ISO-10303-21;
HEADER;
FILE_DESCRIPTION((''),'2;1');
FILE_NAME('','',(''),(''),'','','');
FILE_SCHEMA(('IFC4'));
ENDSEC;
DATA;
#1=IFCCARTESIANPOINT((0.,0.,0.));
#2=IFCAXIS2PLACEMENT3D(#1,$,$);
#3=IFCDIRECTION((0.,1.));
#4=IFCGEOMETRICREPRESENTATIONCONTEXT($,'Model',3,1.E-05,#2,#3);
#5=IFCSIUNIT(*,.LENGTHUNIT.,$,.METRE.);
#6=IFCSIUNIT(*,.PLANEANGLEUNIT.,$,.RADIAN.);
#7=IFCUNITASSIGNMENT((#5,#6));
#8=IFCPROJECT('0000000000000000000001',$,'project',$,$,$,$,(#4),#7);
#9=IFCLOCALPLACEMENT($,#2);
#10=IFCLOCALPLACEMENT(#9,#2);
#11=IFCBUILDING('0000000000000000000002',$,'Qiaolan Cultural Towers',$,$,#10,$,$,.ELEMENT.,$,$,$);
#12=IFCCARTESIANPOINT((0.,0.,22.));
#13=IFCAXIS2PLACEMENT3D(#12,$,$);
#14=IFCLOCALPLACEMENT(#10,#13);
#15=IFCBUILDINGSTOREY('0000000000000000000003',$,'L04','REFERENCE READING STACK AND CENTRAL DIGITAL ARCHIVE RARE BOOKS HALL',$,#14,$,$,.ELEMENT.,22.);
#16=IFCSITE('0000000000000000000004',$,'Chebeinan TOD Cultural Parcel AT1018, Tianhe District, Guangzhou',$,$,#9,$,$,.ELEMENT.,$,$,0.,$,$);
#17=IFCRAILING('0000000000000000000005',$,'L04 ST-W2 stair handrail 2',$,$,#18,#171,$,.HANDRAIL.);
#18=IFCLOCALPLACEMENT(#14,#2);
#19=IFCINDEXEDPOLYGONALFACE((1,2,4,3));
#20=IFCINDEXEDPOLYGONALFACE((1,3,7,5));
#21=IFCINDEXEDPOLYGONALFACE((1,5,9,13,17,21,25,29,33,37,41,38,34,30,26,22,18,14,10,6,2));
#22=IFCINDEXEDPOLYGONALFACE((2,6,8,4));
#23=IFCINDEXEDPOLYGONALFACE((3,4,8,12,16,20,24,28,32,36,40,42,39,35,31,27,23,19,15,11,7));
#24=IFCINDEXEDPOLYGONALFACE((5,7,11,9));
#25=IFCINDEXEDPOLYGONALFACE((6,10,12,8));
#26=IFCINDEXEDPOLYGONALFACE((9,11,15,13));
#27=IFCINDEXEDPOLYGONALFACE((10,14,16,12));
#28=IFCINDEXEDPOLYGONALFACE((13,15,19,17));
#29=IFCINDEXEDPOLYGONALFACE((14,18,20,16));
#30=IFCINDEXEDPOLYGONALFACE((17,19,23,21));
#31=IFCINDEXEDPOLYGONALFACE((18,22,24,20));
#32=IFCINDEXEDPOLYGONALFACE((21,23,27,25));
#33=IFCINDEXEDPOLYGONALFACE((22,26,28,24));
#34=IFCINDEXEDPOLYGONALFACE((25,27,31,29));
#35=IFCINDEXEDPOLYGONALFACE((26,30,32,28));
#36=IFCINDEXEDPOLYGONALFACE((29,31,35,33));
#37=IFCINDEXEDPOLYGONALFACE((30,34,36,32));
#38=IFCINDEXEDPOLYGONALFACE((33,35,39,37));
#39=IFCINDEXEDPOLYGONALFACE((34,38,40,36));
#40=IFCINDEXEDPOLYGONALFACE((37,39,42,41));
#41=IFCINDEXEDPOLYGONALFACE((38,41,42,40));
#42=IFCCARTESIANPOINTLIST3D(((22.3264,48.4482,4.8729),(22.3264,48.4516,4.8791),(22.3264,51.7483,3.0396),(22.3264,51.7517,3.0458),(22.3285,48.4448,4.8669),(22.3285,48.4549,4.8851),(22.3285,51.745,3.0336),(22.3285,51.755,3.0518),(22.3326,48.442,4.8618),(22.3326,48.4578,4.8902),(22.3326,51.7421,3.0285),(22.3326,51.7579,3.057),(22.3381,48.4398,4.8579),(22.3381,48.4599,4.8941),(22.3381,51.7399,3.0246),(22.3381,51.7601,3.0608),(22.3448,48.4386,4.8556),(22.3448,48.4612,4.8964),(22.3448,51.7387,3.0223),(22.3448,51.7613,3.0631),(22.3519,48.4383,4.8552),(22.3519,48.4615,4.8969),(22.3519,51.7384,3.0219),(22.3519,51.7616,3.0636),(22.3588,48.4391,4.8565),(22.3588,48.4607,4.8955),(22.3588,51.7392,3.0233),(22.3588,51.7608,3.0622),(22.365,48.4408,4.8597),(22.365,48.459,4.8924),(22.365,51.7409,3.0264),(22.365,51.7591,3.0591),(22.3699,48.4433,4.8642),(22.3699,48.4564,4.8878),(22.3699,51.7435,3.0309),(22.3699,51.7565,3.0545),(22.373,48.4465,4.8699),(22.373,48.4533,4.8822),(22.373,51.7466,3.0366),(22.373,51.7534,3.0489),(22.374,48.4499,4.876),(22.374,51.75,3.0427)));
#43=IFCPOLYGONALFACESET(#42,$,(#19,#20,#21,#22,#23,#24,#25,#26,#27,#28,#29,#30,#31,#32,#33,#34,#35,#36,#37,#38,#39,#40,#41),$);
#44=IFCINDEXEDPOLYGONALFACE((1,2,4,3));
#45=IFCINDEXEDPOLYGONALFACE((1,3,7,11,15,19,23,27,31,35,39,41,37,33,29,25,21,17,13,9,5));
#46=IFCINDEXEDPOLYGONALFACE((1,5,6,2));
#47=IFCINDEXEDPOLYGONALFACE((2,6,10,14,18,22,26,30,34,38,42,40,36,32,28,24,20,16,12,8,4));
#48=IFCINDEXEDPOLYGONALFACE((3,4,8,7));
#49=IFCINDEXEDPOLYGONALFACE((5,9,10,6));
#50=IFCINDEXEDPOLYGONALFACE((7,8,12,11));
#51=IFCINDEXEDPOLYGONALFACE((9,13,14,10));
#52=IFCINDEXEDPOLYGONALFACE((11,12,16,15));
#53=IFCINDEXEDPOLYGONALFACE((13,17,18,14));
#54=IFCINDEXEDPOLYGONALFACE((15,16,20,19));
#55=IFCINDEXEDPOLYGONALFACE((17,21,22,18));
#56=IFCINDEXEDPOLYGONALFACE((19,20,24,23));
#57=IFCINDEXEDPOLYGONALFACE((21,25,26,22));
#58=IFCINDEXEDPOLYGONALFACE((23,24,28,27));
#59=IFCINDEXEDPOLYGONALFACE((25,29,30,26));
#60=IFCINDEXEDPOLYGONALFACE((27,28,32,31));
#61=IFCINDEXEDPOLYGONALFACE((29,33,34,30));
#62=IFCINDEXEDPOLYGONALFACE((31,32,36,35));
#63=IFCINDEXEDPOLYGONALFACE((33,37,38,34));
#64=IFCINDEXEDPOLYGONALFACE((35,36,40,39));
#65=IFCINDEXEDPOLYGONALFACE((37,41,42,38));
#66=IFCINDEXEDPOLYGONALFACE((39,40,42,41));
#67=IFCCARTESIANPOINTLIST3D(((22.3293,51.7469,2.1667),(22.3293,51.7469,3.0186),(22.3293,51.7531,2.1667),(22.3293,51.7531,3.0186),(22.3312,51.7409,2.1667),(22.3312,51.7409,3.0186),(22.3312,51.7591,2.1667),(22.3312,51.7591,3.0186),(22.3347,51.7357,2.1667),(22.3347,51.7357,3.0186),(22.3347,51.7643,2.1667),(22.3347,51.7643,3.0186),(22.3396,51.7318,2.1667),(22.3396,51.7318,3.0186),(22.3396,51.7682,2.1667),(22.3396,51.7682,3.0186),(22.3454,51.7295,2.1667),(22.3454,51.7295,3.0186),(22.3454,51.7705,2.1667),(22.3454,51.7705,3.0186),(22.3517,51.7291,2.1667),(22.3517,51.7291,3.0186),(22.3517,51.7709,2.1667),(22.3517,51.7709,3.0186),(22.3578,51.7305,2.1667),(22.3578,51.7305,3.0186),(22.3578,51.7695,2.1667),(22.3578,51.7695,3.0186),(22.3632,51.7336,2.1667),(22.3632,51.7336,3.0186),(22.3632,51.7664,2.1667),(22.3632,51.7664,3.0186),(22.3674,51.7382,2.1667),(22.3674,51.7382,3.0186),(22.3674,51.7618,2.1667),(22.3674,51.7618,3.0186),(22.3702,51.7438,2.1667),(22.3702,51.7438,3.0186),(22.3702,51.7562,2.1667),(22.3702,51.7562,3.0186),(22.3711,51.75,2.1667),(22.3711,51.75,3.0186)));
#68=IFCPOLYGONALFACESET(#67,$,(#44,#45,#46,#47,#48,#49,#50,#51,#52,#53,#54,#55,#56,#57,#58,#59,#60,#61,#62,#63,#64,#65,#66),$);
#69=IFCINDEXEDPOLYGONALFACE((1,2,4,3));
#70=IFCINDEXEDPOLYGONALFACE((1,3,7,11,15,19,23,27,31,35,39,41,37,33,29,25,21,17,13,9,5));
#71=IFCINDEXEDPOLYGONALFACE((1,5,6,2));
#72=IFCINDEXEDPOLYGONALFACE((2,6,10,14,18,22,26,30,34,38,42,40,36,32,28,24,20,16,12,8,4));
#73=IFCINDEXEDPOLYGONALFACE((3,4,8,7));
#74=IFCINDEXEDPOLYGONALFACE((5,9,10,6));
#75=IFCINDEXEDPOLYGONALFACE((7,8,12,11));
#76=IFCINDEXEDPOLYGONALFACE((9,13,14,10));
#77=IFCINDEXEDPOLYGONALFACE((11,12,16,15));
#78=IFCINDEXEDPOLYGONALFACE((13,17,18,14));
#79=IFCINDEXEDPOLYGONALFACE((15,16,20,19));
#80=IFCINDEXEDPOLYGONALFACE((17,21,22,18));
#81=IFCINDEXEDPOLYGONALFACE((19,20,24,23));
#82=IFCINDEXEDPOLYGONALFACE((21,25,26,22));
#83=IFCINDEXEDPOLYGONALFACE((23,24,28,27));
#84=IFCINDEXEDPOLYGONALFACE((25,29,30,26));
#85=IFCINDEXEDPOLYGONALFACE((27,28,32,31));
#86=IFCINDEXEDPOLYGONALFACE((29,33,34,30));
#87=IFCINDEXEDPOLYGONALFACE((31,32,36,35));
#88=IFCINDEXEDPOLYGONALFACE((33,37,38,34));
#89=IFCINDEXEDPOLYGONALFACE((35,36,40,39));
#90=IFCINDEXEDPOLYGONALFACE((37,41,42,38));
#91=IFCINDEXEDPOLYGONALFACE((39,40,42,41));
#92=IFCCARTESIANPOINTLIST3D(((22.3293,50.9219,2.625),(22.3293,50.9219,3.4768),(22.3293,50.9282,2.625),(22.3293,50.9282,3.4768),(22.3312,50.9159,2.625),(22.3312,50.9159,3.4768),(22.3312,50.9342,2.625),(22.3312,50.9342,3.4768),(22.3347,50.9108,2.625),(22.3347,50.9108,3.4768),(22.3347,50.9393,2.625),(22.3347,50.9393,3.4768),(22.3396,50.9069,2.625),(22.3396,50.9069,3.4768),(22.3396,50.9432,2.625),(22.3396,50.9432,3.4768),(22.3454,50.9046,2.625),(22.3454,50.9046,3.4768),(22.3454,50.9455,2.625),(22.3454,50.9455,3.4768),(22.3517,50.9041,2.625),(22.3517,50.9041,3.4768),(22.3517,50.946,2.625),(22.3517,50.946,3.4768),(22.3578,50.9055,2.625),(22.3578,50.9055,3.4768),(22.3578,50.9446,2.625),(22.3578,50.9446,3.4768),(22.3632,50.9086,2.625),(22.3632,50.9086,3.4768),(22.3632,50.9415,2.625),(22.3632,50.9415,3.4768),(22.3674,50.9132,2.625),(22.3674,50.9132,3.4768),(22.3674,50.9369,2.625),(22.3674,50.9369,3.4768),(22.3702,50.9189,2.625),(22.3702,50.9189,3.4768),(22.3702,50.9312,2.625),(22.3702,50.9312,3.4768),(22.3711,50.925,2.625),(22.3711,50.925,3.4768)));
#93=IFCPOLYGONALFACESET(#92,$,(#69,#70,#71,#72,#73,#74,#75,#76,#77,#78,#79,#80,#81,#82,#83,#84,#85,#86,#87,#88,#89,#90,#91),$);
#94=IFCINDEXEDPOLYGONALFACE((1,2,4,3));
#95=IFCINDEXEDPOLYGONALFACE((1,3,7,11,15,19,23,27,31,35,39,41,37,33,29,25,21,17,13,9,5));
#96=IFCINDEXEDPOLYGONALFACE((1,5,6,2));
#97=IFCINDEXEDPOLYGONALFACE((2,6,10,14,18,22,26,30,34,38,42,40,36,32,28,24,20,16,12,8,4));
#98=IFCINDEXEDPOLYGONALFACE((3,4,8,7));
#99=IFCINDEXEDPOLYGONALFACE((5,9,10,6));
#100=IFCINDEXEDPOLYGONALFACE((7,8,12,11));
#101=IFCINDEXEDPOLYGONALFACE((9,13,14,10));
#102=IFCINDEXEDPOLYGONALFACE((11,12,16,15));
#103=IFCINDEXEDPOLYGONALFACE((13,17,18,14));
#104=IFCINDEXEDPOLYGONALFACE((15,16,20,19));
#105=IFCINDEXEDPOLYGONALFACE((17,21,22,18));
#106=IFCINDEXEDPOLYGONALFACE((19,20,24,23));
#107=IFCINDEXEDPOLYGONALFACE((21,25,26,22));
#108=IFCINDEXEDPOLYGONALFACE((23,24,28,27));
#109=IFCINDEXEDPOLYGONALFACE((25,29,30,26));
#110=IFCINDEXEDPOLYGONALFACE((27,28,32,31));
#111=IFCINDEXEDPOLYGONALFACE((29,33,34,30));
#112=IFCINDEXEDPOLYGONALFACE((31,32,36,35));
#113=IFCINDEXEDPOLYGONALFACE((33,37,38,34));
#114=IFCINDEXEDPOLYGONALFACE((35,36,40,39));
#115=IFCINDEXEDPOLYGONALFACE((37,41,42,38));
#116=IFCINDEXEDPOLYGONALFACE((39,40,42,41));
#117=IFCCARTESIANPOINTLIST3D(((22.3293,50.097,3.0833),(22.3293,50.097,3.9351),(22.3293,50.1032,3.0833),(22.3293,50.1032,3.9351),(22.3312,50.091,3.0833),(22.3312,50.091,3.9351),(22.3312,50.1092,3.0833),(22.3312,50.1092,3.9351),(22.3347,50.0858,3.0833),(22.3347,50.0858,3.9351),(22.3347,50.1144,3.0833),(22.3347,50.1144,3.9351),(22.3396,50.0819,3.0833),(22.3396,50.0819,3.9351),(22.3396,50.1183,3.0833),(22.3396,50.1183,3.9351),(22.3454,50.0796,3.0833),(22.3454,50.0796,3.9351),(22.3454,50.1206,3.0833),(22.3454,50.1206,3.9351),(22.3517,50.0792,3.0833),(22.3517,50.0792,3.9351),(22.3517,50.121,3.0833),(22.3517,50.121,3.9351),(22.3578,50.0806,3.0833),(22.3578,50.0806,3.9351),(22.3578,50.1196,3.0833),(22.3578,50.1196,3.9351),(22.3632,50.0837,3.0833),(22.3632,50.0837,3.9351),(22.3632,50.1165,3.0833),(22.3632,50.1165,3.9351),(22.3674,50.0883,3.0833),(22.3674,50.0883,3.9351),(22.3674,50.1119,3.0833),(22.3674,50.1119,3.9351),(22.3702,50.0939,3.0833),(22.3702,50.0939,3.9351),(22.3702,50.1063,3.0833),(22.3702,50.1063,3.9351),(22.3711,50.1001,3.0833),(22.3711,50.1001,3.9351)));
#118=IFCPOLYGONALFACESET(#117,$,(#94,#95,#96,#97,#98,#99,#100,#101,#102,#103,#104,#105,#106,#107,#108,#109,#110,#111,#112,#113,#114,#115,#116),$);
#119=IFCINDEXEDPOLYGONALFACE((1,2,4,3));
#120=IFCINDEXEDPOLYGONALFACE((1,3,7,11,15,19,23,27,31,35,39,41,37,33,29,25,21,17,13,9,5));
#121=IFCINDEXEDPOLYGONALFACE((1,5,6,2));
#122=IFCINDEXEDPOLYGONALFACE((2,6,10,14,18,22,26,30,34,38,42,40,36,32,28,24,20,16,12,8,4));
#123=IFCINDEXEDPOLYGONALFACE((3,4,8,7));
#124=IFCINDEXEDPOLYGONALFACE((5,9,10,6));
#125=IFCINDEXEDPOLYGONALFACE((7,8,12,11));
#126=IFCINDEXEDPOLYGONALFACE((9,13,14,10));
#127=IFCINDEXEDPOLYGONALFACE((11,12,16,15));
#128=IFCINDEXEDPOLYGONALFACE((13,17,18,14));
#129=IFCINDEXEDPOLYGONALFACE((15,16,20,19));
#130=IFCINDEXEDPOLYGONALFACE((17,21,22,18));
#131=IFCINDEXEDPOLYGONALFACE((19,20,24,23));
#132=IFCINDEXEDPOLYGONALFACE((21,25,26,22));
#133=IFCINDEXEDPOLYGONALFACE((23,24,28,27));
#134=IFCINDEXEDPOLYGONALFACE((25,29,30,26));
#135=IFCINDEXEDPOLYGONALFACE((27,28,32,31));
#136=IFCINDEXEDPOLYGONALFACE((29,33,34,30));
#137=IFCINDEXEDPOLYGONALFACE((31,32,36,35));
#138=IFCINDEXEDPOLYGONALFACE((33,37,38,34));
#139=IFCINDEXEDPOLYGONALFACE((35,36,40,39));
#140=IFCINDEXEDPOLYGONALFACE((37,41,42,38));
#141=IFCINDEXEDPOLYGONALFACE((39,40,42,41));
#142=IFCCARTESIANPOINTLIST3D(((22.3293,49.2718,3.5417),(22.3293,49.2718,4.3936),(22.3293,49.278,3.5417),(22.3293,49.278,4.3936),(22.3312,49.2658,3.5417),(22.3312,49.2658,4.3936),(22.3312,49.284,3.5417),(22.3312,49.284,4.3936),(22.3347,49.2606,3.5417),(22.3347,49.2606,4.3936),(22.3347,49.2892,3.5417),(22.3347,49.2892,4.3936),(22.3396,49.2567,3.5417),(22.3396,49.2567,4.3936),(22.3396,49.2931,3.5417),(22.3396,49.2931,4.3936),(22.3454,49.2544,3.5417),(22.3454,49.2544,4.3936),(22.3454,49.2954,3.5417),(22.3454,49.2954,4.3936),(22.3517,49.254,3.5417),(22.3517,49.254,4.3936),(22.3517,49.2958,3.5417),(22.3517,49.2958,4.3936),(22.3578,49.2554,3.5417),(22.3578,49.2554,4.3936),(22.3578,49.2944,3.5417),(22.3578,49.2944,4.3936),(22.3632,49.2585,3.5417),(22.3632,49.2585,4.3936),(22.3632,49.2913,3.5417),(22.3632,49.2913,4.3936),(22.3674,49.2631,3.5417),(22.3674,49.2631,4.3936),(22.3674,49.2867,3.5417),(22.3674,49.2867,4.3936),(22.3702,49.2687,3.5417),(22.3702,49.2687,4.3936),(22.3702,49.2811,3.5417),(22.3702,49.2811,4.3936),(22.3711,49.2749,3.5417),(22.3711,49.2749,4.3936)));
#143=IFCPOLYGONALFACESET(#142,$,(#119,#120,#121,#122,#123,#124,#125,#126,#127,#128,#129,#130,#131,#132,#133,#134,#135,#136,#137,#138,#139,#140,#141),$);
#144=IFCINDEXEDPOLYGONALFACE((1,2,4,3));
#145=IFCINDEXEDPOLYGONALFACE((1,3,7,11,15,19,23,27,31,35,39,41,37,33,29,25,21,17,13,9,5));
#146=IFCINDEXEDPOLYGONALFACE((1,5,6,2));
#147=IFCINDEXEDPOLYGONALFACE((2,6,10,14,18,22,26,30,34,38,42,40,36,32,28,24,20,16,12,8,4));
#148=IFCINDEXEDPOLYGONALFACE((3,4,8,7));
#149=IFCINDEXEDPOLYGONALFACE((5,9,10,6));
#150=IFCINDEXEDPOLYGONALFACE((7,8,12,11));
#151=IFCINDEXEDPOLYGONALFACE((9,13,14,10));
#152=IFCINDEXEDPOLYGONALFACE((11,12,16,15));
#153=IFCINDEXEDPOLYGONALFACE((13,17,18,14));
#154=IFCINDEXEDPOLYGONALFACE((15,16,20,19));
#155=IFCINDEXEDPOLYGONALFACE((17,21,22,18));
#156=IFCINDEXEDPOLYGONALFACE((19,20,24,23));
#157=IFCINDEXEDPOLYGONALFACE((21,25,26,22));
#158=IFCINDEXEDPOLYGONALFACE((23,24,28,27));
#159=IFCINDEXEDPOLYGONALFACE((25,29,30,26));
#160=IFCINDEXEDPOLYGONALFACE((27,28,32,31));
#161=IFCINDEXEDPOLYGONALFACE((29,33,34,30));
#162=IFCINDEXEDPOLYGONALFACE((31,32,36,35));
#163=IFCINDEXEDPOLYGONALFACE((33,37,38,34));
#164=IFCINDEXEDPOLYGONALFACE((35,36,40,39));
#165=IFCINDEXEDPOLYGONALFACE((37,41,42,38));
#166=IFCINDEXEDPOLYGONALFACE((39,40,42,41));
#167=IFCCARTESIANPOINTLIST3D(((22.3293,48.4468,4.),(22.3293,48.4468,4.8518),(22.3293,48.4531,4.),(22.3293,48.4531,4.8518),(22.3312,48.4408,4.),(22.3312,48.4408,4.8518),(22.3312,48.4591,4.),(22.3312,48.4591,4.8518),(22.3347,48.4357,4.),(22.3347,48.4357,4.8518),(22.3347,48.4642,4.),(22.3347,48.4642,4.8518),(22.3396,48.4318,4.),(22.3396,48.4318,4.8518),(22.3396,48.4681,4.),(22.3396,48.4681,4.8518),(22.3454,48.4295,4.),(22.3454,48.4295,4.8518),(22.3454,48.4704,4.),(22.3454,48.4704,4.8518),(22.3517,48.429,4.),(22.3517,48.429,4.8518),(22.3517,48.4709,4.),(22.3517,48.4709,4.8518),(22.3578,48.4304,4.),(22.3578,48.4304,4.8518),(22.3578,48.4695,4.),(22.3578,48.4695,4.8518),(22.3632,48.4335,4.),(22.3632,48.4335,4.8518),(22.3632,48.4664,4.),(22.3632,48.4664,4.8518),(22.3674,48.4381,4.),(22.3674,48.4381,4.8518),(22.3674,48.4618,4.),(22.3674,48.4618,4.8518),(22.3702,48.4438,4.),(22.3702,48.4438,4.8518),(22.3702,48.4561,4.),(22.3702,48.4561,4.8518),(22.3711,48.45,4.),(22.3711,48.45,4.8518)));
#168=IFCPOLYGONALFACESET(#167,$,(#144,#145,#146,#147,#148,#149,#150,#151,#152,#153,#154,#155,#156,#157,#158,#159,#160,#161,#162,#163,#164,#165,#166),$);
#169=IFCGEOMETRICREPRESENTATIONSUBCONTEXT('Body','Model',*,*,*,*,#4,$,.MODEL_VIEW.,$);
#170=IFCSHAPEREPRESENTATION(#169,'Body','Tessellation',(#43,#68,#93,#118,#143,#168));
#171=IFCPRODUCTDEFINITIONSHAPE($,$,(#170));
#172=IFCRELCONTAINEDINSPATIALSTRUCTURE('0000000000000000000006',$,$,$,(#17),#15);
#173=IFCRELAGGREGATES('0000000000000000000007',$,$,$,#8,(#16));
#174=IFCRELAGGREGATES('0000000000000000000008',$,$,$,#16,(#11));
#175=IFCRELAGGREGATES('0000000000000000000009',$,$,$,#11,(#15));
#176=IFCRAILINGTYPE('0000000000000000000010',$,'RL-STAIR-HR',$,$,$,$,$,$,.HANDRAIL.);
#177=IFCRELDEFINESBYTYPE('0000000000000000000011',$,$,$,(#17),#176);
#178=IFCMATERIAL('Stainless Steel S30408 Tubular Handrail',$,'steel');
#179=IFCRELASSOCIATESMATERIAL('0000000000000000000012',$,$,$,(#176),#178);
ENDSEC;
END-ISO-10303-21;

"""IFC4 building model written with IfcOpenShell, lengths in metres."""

from ifc_helpers import new_model, si_unit, direction, frame, origin, origin_2d, place, context, subcontext, project, spatial, circle, extrude, material, type_object, element, save


model = new_model("IFC4")

# Units and contexts
model_context = context("Model", 3, precision=1e-05, world=origin(), true_north=direction((0.0, 1.0)))
body_context = subcontext(model_context, "Body", "Model", "MODEL_VIEW")
ifc_project = project(units=[si_unit("LENGTHUNIT", "METRE"), si_unit("PLANEANGLEUNIT", "RADIAN")], contexts=[model_context])

# Site, building, storey
site_placement = place(None, origin())
site = spatial("IfcSite", under=ifc_project, at=site_placement, Name="Chebeinan TOD Cultural Parcel AT1018, Tianhe District, Guangzhou", CompositionType="ELEMENT", RefElevation=0.0)
building_placement = place(site_placement, origin())
building = spatial("IfcBuilding", under=site, at=building_placement, Name="Qiaolan Cultural Towers", CompositionType="ELEMENT")
storey_placement = place(building_placement, frame((0.0, 0.0, 22.0)))
storey = spatial("IfcBuildingStorey", under=building, at=storey_placement, Name="L04", Description="REFERENCE READING STACK AND CENTRAL DIGITAL ARCHIVE RARE BOOKS HALL", CompositionType="ELEMENT", Elevation=22.0)

# Railing
ifc_material_1 = material(Name="Stainless Steel S30408 Tubular Handrail", Category="steel")
railing_type_1 = type_object("IfcRailingType", Name="RL-STAIR-HR", PredefinedType="HANDRAIL", material=ifc_material_1)
railing_1_placement = place(storey_placement, frame((22.3501, 51.75, 2.1667)))
element("IfcRailing", 1, at=railing_1_placement, inside=storey, type_object=railing_type_1, Name="L04 ST-W2 stair handrail 2", PredefinedType="HANDRAIL", context=body_context, shape_type="SweptSolid", body=[
    extrude(circle(Radius=0.0239, at=origin_2d()), frame((0.0, 0.0, 0.876), z_axis=(0.0, -0.874169, 0.485621), x_axis=(1.0, 0.0, 0.0)), (0.0, 0.0, 1.0), 3.7751),
    extrude(circle(Radius=0.021, at=origin_2d()), origin(), (0.0, 0.0, 1.0), 0.8518),
    extrude(circle(Radius=0.021, at=origin_2d()), frame((0.0, -0.825, 0.4583)), (0.0, 0.0, 1.0), 0.8518),
    extrude(circle(Radius=0.021, at=origin_2d()), frame((0.0, -1.6499, 0.9165)), (0.0, 0.0, 1.0), 0.8518),
    extrude(circle(Radius=0.021, at=origin_2d()), frame((0.0, -2.4751, 1.375)), (0.0, 0.0, 1.0), 0.8518),
    extrude(circle(Radius=0.021, at=origin_2d()), frame((0.0, -3.3, 1.8333)), (0.0, 0.0, 1.0), 0.8518),
])

save(model, "model.ifc")
